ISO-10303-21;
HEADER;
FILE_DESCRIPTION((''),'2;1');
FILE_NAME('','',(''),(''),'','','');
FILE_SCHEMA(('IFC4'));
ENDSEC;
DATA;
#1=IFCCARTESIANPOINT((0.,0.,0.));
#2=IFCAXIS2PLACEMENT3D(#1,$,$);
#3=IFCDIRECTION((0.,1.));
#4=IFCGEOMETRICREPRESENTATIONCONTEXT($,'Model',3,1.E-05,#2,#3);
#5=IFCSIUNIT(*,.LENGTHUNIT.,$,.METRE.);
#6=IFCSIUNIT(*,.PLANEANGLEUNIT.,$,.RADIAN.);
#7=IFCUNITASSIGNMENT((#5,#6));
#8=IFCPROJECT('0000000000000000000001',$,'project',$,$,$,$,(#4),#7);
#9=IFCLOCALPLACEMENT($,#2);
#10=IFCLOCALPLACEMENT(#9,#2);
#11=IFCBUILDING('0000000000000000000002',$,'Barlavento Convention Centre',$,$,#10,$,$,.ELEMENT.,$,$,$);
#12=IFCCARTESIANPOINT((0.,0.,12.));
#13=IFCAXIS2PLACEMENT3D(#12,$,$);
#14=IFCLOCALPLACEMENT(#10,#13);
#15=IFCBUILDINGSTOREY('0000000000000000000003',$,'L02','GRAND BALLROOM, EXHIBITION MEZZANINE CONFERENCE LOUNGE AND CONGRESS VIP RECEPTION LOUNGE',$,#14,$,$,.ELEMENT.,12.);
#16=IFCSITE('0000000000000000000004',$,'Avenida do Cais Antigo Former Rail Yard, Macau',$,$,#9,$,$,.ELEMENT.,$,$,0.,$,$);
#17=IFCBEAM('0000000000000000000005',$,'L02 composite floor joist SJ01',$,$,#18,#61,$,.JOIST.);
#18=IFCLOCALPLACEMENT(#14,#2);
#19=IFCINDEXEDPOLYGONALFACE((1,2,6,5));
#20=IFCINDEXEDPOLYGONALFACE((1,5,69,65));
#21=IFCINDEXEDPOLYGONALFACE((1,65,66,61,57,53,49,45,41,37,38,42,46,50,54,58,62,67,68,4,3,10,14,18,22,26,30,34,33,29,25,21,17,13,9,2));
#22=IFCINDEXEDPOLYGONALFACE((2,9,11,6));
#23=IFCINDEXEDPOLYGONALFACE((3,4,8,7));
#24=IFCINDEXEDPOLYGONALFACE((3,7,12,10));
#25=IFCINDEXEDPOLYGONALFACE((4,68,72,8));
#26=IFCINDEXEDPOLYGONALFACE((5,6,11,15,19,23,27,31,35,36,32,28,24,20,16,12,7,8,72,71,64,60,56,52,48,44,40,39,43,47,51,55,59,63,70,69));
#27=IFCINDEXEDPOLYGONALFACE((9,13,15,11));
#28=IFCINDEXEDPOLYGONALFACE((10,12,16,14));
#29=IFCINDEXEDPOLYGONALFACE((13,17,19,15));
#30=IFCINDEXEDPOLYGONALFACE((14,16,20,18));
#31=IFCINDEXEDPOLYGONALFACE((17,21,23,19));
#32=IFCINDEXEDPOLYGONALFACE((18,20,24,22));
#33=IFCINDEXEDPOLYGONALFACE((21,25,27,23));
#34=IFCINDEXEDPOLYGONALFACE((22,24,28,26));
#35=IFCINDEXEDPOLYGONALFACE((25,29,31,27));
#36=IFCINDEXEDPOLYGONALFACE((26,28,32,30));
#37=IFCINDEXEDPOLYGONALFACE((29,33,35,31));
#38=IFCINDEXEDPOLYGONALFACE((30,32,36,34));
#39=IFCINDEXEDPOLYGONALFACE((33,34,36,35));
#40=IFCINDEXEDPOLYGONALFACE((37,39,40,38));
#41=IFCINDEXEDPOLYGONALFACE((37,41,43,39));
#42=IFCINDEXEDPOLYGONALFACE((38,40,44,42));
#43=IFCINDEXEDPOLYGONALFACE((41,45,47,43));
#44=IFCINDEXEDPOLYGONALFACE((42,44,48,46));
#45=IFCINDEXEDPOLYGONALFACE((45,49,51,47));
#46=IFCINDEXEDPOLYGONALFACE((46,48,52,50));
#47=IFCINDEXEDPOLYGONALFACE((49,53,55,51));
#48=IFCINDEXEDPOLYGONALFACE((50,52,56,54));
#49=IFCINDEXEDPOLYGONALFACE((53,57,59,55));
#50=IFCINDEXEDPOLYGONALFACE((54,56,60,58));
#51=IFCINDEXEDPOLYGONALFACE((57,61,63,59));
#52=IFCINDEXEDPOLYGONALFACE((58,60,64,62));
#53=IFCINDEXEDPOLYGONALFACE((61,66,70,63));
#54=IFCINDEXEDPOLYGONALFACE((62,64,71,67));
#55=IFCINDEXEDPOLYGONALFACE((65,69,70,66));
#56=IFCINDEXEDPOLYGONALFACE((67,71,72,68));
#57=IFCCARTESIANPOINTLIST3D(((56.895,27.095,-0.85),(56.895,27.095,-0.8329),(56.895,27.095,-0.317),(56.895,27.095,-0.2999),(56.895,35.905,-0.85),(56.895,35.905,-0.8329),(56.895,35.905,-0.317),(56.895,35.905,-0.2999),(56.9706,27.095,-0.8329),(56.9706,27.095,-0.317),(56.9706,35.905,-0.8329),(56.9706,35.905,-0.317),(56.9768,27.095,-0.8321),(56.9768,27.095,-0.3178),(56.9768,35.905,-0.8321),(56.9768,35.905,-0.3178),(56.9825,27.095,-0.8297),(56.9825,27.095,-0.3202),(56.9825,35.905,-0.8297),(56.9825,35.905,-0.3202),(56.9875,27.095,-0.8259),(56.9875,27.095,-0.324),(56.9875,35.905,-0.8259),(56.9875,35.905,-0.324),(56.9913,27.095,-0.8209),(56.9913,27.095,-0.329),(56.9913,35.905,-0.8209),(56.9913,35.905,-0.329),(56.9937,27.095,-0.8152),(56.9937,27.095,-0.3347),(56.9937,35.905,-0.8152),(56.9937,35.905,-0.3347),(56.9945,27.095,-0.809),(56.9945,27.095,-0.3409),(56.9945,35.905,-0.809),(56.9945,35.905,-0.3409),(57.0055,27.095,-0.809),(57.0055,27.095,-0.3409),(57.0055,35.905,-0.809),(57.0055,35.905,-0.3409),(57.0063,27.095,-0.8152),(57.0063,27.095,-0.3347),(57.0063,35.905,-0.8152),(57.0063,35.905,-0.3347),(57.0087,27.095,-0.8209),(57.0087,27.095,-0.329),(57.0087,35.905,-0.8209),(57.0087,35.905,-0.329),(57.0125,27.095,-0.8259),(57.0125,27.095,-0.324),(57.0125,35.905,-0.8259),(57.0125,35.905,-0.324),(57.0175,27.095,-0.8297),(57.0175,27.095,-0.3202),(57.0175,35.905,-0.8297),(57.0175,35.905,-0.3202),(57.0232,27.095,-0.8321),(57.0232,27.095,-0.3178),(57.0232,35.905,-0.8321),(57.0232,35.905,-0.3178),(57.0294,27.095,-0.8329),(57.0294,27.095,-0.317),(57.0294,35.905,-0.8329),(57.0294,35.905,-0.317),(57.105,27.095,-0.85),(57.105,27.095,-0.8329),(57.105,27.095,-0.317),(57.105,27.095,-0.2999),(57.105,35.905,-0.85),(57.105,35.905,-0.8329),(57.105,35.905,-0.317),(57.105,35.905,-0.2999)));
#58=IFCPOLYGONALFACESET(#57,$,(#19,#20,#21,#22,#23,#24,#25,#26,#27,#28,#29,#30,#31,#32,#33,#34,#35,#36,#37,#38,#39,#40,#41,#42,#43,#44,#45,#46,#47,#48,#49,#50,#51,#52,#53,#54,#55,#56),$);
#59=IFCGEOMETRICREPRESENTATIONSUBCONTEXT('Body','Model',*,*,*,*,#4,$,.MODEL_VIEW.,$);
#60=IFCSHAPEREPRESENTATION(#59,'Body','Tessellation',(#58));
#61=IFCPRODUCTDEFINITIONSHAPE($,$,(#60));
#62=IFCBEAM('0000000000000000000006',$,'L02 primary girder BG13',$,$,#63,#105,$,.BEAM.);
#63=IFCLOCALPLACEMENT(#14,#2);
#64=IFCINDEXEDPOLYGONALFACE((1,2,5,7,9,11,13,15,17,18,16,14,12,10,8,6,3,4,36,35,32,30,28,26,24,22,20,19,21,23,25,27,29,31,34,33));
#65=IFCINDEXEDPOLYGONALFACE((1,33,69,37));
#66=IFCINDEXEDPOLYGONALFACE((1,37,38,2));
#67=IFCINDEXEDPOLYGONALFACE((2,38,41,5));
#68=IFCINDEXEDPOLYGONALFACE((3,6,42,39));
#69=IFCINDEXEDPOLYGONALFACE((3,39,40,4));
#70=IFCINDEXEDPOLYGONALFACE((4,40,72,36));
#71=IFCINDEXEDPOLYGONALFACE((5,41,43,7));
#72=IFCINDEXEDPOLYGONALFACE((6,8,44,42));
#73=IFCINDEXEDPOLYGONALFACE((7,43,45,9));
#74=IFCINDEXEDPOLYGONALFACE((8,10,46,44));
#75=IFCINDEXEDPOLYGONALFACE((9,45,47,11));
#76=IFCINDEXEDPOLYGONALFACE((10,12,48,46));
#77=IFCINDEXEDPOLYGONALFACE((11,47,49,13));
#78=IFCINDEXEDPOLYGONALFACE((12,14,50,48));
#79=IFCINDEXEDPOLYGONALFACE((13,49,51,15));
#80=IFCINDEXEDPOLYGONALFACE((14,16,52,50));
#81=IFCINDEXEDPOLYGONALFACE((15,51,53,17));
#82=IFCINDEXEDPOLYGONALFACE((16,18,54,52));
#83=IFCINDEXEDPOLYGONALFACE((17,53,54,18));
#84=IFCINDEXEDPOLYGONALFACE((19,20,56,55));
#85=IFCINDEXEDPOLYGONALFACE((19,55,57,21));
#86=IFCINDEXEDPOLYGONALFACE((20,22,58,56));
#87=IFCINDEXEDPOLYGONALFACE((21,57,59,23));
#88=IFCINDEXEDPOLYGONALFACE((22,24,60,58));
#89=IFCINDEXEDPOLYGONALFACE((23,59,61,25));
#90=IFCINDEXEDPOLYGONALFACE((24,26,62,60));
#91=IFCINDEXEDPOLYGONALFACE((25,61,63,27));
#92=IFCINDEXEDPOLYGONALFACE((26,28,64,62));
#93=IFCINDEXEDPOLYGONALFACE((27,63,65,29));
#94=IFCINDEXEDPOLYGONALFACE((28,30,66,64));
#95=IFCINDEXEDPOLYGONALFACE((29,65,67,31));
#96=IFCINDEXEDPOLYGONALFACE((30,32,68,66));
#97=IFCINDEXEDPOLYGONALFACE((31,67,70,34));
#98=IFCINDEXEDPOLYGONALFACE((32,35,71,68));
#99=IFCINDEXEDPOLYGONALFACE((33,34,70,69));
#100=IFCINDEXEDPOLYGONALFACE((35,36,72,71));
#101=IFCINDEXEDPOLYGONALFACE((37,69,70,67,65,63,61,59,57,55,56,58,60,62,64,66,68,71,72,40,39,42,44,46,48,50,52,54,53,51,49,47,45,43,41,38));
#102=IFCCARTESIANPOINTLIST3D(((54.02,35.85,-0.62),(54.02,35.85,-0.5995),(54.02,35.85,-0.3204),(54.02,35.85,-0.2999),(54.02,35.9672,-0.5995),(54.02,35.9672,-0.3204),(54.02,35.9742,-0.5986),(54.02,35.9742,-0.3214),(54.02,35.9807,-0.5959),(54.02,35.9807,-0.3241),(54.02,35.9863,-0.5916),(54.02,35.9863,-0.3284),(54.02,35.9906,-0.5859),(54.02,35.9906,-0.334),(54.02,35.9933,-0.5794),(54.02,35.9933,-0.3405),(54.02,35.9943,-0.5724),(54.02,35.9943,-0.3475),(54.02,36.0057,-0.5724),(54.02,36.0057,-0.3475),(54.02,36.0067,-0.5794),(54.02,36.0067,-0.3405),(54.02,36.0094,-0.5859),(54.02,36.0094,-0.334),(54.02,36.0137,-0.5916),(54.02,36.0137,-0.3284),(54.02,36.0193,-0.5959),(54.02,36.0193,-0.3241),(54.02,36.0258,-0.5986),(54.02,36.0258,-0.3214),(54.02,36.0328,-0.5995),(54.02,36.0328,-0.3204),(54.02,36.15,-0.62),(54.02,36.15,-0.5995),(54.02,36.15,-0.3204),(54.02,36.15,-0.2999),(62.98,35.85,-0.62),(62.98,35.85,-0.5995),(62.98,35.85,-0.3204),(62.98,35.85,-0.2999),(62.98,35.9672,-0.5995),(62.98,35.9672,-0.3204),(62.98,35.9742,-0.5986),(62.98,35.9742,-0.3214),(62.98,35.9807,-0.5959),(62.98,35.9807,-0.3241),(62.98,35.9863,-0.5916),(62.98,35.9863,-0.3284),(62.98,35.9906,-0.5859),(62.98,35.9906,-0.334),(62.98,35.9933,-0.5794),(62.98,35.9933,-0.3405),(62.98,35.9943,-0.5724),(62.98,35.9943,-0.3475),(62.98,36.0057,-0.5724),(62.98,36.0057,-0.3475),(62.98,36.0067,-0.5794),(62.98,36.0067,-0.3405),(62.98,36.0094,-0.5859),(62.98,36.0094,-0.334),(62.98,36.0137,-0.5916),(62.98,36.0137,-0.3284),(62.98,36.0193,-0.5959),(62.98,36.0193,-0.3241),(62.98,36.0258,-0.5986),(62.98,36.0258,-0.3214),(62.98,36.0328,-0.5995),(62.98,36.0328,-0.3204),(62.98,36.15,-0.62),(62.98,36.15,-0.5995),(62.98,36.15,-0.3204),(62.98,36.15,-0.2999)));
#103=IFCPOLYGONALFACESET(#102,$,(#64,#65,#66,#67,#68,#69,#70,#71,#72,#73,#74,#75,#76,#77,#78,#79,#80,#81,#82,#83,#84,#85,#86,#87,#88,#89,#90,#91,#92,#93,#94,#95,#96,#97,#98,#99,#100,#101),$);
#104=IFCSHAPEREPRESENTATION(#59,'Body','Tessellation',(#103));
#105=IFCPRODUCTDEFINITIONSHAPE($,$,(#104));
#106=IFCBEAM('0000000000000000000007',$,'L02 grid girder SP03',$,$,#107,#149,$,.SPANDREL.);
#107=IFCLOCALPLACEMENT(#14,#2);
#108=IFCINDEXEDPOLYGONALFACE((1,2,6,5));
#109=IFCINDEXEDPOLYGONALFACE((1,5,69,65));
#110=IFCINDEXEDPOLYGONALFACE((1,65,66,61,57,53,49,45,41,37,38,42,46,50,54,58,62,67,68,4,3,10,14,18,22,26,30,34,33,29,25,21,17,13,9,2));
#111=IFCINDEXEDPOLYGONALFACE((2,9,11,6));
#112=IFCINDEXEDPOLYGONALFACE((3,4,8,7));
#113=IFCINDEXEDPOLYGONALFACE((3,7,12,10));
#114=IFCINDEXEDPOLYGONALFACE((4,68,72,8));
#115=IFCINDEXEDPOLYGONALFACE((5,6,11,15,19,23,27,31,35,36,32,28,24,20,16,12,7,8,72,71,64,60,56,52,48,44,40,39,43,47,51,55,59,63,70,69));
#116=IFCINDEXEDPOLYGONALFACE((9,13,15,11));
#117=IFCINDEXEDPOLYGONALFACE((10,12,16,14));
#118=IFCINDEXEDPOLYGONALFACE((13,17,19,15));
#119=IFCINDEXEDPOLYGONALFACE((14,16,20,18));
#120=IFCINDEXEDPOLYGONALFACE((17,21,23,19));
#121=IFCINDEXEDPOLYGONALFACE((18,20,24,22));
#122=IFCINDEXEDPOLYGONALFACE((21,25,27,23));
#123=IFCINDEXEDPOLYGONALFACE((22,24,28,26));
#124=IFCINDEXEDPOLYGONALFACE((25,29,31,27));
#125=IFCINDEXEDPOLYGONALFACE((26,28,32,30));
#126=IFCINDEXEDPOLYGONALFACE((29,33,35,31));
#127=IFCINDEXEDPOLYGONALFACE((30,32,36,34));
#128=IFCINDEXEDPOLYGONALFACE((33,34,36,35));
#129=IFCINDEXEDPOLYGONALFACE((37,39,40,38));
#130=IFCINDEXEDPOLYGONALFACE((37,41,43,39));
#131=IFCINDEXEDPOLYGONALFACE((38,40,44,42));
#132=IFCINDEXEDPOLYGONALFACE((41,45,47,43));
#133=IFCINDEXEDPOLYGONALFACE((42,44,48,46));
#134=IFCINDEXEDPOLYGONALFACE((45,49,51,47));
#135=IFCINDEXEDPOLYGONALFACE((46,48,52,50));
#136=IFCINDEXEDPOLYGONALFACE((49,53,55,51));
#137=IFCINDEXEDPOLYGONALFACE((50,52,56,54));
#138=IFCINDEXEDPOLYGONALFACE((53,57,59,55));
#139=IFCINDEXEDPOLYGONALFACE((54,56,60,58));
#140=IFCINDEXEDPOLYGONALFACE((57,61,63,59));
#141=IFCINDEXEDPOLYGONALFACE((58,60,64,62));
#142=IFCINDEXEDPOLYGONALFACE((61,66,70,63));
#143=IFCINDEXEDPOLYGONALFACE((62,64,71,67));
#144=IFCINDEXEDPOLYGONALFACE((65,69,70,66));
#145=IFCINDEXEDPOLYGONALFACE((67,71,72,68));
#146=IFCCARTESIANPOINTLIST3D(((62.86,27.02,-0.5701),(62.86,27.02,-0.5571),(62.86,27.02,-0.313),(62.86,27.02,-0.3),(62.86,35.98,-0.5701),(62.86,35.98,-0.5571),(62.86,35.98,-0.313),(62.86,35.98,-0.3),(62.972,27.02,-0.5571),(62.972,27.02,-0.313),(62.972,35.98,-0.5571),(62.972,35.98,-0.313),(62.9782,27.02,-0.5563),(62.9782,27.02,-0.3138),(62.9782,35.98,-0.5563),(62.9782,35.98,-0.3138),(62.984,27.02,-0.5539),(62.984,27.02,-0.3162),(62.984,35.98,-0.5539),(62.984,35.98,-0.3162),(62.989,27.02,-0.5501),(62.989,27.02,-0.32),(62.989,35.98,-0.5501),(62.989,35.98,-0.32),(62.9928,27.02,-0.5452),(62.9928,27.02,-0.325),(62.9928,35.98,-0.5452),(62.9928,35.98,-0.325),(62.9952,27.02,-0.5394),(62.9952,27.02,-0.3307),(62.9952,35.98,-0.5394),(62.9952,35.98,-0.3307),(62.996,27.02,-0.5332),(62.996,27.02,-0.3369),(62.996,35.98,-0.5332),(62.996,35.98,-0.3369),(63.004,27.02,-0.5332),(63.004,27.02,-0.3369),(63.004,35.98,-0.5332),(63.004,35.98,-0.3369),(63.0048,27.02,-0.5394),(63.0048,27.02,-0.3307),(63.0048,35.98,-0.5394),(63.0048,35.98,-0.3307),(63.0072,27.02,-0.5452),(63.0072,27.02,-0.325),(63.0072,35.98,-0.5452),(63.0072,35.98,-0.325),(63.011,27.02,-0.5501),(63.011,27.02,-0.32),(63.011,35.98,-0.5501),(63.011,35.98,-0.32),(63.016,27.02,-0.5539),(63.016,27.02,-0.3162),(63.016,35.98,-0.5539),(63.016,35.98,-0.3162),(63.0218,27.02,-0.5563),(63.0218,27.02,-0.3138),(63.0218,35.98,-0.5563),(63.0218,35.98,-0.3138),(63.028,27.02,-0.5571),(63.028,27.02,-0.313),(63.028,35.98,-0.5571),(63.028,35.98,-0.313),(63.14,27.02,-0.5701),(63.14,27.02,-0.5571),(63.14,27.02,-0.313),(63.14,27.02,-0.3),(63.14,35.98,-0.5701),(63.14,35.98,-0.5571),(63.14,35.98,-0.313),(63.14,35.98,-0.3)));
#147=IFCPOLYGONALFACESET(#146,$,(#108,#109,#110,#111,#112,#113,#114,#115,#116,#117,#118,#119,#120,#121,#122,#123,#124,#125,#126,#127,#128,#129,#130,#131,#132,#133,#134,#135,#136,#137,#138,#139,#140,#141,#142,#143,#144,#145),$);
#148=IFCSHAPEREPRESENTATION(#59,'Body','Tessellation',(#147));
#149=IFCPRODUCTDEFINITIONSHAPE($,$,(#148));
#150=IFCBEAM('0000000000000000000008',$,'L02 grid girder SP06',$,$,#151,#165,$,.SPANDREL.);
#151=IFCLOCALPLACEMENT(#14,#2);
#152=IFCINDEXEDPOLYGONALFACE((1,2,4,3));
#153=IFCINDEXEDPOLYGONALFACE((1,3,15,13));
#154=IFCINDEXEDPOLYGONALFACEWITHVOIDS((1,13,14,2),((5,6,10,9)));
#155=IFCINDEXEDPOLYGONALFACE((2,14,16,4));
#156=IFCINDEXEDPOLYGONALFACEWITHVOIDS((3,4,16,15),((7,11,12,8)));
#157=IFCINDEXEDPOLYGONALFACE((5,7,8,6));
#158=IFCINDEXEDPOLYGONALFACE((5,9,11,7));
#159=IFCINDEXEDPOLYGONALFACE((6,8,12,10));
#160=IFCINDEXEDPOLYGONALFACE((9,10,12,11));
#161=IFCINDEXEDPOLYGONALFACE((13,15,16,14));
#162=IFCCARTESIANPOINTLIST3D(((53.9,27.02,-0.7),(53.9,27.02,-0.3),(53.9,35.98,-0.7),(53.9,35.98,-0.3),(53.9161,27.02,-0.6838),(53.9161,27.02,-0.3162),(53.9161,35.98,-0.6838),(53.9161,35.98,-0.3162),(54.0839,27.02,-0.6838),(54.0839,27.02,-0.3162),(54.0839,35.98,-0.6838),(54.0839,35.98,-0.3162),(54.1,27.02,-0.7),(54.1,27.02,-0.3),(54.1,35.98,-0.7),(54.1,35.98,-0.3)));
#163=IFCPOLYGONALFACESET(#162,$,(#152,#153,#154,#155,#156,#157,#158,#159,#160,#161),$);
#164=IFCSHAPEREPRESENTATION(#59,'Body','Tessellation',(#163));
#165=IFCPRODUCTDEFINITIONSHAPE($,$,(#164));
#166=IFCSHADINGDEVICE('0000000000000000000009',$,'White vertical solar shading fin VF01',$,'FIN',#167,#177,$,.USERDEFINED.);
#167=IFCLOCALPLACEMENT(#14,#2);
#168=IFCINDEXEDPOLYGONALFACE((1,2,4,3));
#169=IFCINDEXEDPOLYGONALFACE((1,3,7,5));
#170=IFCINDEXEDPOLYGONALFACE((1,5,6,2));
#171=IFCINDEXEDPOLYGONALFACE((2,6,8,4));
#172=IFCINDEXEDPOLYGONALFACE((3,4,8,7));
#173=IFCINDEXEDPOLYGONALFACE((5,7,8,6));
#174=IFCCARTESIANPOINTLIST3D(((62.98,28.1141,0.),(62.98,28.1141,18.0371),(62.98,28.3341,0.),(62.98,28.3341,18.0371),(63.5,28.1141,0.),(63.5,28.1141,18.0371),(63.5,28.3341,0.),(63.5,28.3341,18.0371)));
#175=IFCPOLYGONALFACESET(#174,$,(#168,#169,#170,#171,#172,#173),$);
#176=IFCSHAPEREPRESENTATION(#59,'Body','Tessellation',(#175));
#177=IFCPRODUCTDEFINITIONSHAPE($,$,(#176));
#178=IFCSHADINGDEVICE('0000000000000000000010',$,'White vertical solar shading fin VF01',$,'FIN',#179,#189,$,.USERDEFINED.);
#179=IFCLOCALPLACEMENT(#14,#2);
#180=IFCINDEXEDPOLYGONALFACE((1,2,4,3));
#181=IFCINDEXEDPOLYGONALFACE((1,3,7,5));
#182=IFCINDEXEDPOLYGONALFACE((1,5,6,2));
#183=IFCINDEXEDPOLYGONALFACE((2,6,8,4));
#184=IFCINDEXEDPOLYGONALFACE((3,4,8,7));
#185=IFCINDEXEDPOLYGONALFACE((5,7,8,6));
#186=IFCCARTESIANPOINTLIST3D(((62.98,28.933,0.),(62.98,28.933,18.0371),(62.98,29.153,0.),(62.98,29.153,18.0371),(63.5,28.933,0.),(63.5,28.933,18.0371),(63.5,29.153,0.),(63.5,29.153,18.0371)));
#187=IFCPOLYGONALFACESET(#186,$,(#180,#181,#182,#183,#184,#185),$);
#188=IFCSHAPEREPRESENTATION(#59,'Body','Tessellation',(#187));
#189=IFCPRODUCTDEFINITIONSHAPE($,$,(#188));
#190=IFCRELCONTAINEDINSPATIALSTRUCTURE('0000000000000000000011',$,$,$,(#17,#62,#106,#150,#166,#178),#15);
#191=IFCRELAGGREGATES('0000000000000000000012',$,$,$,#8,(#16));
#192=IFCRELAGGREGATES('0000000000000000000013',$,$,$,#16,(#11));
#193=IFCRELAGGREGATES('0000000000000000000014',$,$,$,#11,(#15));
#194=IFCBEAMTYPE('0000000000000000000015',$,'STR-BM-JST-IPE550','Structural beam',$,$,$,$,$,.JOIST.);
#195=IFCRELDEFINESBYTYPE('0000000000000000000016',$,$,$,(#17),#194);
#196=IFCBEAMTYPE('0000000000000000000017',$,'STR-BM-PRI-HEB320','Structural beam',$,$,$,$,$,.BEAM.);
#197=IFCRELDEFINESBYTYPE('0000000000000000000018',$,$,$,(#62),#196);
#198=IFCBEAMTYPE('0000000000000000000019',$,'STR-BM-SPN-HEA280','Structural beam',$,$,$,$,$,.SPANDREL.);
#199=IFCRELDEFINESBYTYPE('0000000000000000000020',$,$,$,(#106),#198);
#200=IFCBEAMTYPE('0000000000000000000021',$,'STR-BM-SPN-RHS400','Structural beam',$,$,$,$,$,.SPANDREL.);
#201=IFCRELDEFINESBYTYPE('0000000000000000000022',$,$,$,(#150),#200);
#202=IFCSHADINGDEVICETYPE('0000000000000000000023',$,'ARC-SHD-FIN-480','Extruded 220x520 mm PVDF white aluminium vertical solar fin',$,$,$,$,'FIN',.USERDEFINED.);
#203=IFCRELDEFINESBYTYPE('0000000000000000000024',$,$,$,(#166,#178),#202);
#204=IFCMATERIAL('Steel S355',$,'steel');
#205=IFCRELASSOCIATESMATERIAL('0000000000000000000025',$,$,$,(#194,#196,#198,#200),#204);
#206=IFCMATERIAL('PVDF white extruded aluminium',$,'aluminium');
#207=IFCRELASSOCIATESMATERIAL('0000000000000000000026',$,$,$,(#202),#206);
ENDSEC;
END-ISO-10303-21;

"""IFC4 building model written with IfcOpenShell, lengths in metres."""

from ifc_helpers import new_model, si_unit, direction, frame, origin, origin_2d, place, context, subcontext, project, spatial, rectangle, hollow_rectangle, i_section, extrude, material, material_profile, profile_set, type_object, element, save


model = new_model("IFC4")

# Units and contexts
model_context = context("Model", 3, precision=1e-05, world=origin(), true_north=direction((0.0, 1.0)))
body_context = subcontext(model_context, "Body", "Model", "MODEL_VIEW")
ifc_project = project(units=[si_unit("LENGTHUNIT", "METRE"), si_unit("PLANEANGLEUNIT", "RADIAN")], contexts=[model_context])

# Site, building, storey
site_placement = place(None, origin())
site = spatial("IfcSite", under=ifc_project, at=site_placement, Name="Avenida do Cais Antigo Former Rail Yard, Macau", CompositionType="ELEMENT", RefElevation=0.0)
building_placement = place(site_placement, origin())
building = spatial("IfcBuilding", under=site, at=building_placement, Name="Barlavento Convention Centre", CompositionType="ELEMENT")
storey_placement = place(building_placement, frame((0.0, 0.0, 12.0)))
storey = spatial("IfcBuildingStorey", under=building, at=storey_placement, Name="L02", Description="GRAND BALLROOM, EXHIBITION MEZZANINE CONFERENCE LOUNGE AND CONGRESS VIP RECEPTION LOUNGE", CompositionType="ELEMENT", Elevation=12.0)

# Beams
ifc_material_1 = material(Name="Steel S355", Category="steel")
ifc_material_profile_1 = material_profile(ifc_material_1, i_section(OverallWidth=0.21, OverallDepth=0.55, WebThickness=0.011, FlangeThickness=0.0171, FilletRadius=0.0239, at=origin_2d()), Name="IPE 550")
ifc_profile_set_1 = profile_set([ifc_material_profile_1], Name="Steel S355")
beam_type_1 = type_object("IfcBeamType", Name="STR-BM-JST-IPE550", Description="Structural beam", PredefinedType="JOIST", material=ifc_profile_set_1)
beam_1_placement = place(storey_placement, frame((57.0, 27.095, -0.575), z_axis=(0.0, 1.0, 0.0), x_axis=(-1.0, 0.0, 0.0)))
element("IfcBeam", 1, at=beam_1_placement, inside=storey, type_object=beam_type_1, Name="L02 composite floor joist SJ01", PredefinedType="JOIST", context=body_context, shape_type="SweptSolid", body=[
    extrude(i_section(OverallWidth=0.21, OverallDepth=0.55, WebThickness=0.011, FlangeThickness=0.0171, FilletRadius=0.0239, at=origin_2d()), origin(), (0.0, 0.0, 1.0), 8.8101),
])
ifc_material_profile_2 = material_profile(ifc_material_1, i_section(OverallWidth=0.3, OverallDepth=0.3201, WebThickness=0.0115, FlangeThickness=0.0205, FilletRadius=0.0271, at=origin_2d()), Name="HEB 320")
ifc_profile_set_2 = profile_set([ifc_material_profile_2], Name="Steel S355")
beam_type_2 = type_object("IfcBeamType", Name="STR-BM-PRI-HEB320", Description="Structural beam", PredefinedType="BEAM", material=ifc_profile_set_2)
beam_2_placement = place(storey_placement, frame((54.02, 36.0, -0.46), z_axis=(1.0, 0.0, 0.0), x_axis=(0.0, 1.0, 0.0)))
element("IfcBeam", 2, at=beam_2_placement, inside=storey, type_object=beam_type_2, Name="L02 primary girder BG13", PredefinedType="BEAM", context=body_context, shape_type="SweptSolid", body=[
    extrude(i_section(OverallWidth=0.3, OverallDepth=0.3201, WebThickness=0.0115, FlangeThickness=0.0205, FilletRadius=0.0271, at=origin_2d()), origin(), (0.0, 0.0, 1.0), 8.96),
])
ifc_material_profile_3 = material_profile(ifc_material_1, i_section(OverallWidth=0.28, OverallDepth=0.27, WebThickness=0.0081, FlangeThickness=0.0129, FilletRadius=0.0239, at=origin_2d()), Name="HEA 280")
ifc_profile_set_3 = profile_set([ifc_material_profile_3], Name="Steel S355")
beam_type_3 = type_object("IfcBeamType", Name="STR-BM-SPN-HEA280", Description="Structural beam", PredefinedType="SPANDREL", material=ifc_profile_set_3)
beam_3_placement = place(storey_placement, frame((63.0, 27.02, -0.4351), z_axis=(0.0, 1.0, 0.0), x_axis=(-1.0, 0.0, 0.0)))
element("IfcBeam", 3, at=beam_3_placement, inside=storey, type_object=beam_type_3, Name="L02 grid girder SP03", PredefinedType="SPANDREL", context=body_context, shape_type="SweptSolid", body=[
    extrude(i_section(OverallWidth=0.28, OverallDepth=0.27, WebThickness=0.0081, FlangeThickness=0.0129, FilletRadius=0.0239, at=origin_2d()), origin(), (0.0, 0.0, 1.0), 8.96),
])
ifc_material_profile_4 = material_profile(ifc_material_1, hollow_rectangle(XDim=0.2, YDim=0.3999, WallThickness=0.0161, at=origin_2d()), Name="RHS 400x200x16.0")
ifc_profile_set_4 = profile_set([ifc_material_profile_4], Name="Steel S355")
beam_type_4 = type_object("IfcBeamType", Name="STR-BM-SPN-RHS400", Description="Structural beam", PredefinedType="SPANDREL", material=ifc_profile_set_4)
beam_4_placement = place(storey_placement, frame((54.0, 27.02, -0.5), z_axis=(0.0, 1.0, 0.0), x_axis=(-1.0, 0.0, 0.0)))
element("IfcBeam", 4, at=beam_4_placement, inside=storey, type_object=beam_type_4, Name="L02 grid girder SP06", PredefinedType="SPANDREL", context=body_context, shape_type="SweptSolid", body=[
    extrude(hollow_rectangle(XDim=0.2, YDim=0.3999, WallThickness=0.0161, at=origin_2d()), origin(), (0.0, 0.0, 1.0), 8.96),
])

# Shading devices
ifc_material_2 = material(Name="PVDF white extruded aluminium", Category="aluminium")
shading_device_type = type_object("IfcShadingDeviceType", Name="ARC-SHD-FIN-480", Description="Extruded 220x520 mm PVDF white aluminium vertical solar fin", ElementType="FIN", PredefinedType="USERDEFINED", material=ifc_material_2)
for number, where, z_axis, x_axis, name in (
    (5, (63.24, 28.2241, 0.0), (0.0, 0.0, 1.0), (0.0, 1.0, 0.0), "White vertical solar shading fin VF01"),
    (6, (63.24, 29.043, 0.0), (0.0, 0.0, 1.0), (0.0, 1.0, 0.0), "White vertical solar shading fin VF01"),
):
    element("IfcShadingDevice", number, at=place(storey_placement, frame(where, z_axis=z_axis, x_axis=x_axis)), inside=storey, type_object=shading_device_type, Name=name, ObjectType="FIN", PredefinedType="USERDEFINED", context=body_context, shape_type="SweptSolid", body=[
        extrude(rectangle(XDim=0.22, YDim=0.52, at=origin_2d()), origin(), (0.0, 0.0, 1.0), 18.0371),
    ])

save(model, "model.ifc")
